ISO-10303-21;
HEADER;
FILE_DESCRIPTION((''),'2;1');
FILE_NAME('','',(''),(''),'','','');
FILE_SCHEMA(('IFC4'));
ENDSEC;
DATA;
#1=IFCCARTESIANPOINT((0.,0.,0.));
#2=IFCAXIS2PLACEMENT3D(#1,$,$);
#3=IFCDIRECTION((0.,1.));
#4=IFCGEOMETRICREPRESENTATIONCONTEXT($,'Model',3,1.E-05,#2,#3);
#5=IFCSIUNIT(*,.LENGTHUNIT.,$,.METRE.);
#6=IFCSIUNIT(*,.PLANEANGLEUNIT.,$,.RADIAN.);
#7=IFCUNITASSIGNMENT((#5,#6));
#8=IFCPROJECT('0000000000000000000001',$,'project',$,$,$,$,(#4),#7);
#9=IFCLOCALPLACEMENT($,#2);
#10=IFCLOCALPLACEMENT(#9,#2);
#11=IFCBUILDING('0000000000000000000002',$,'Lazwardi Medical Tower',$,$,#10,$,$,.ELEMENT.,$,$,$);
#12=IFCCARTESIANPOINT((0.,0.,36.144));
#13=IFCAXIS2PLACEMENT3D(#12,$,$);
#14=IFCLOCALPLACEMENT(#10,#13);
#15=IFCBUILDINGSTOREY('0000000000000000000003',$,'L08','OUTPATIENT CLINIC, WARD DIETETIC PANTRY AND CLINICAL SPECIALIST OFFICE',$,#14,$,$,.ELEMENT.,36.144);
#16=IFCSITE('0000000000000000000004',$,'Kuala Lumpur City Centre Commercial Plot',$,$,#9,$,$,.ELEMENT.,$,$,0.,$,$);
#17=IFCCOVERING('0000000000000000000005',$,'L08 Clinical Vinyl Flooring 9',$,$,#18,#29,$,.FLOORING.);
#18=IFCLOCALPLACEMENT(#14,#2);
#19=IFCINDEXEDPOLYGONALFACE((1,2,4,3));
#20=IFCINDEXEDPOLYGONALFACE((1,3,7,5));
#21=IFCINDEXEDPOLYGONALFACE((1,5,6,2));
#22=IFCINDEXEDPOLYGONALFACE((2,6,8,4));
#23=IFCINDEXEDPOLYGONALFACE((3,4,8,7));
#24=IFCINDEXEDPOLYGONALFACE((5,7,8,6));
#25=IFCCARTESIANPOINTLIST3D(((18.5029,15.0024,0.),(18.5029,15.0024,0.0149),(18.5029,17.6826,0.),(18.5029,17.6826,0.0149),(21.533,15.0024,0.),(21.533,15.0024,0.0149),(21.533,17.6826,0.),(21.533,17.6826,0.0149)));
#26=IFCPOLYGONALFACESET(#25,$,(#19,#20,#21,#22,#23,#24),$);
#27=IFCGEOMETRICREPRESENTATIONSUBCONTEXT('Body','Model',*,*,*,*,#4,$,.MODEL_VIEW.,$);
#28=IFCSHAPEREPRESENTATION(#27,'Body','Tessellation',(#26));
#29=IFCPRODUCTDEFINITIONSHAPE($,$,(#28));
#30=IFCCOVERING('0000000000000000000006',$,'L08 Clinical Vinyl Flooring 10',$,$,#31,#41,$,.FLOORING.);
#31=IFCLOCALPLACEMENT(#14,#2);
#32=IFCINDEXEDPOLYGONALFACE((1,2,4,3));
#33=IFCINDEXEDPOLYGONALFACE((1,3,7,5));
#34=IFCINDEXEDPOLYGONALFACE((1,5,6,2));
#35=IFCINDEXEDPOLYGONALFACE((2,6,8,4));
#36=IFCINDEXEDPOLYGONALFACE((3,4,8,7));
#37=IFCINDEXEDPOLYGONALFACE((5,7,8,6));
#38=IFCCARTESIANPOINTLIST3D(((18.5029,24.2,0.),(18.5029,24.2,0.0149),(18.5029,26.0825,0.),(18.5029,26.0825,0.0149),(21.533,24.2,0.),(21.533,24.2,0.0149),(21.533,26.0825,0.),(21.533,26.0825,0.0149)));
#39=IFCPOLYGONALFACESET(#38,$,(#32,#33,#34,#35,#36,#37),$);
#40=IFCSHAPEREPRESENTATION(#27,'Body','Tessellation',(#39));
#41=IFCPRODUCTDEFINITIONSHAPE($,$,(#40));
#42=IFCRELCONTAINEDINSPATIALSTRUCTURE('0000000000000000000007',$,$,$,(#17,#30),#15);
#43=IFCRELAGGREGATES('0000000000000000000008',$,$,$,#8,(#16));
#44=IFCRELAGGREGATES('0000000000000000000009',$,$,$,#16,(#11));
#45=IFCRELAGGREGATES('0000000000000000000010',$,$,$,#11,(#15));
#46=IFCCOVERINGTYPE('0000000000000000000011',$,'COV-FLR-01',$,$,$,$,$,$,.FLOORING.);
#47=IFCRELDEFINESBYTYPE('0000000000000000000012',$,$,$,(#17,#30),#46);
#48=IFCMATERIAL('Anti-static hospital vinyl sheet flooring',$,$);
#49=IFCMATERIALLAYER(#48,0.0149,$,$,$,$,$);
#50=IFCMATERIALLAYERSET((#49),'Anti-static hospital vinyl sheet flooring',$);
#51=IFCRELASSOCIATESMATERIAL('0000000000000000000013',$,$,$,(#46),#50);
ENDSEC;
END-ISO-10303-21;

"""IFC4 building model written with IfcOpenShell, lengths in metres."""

from ifc_helpers import new_model, si_unit, direction, frame, origin, place, context, subcontext, project, spatial, polyline, outline, extrude, material, layer, layer_set, type_object, element, save


model = new_model("IFC4")

# Units and contexts
model_context = context("Model", 3, precision=1e-05, world=origin(), true_north=direction((0.0, 1.0)))
body_context = subcontext(model_context, "Body", "Model", "MODEL_VIEW")
ifc_project = project(units=[si_unit("LENGTHUNIT", "METRE"), si_unit("PLANEANGLEUNIT", "RADIAN")], contexts=[model_context])

# Site, building, storey
site_placement = place(None, origin())
site = spatial("IfcSite", under=ifc_project, at=site_placement, Name="Kuala Lumpur City Centre Commercial Plot", CompositionType="ELEMENT", RefElevation=0.0)
building_placement = place(site_placement, origin())
building = spatial("IfcBuilding", under=site, at=building_placement, Name="Lazwardi Medical Tower", CompositionType="ELEMENT")
storey_placement = place(building_placement, frame((0.0, 0.0, 36.144)))
storey = spatial("IfcBuildingStorey", under=building, at=storey_placement, Name="L08", Description="OUTPATIENT CLINIC, WARD DIETETIC PANTRY AND CLINICAL SPECIALIST OFFICE", CompositionType="ELEMENT", Elevation=36.144)

# Coverings
ifc_material_1 = material(Name="Anti-static hospital vinyl sheet flooring")
ifc_layer_1 = layer(ifc_material_1, 0.0149)
ifc_layer_set_1 = layer_set([ifc_layer_1], Name="Anti-static hospital vinyl sheet flooring")
covering_type_1 = type_object("IfcCoveringType", Name="COV-FLR-01", PredefinedType="FLOORING", material=ifc_layer_set_1)
covering_1_placement = place(storey_placement, origin())
element("IfcCovering", 1, at=covering_1_placement, inside=storey, type_object=covering_type_1, Name="L08 Clinical Vinyl Flooring 9", PredefinedType="FLOORING", context=body_context, shape_type="SweptSolid", body=[
    extrude(outline(polyline([(21.533, 15.0024), (21.533, 17.6826), (18.5029, 17.6826), (18.5029, 15.0024), (21.533, 15.0024)])), origin(), (0.0, 0.0, 1.0), 0.0149),
])
covering_2_placement = place(storey_placement, origin())
element("IfcCovering", 2, at=covering_2_placement, inside=storey, type_object=covering_type_1, Name="L08 Clinical Vinyl Flooring 10", PredefinedType="FLOORING", context=body_context, shape_type="SweptSolid", body=[
    extrude(outline(polyline([(18.5029, 24.2), (21.533, 24.2), (21.533, 26.0825), (18.5029, 26.0825), (18.5029, 24.2)])), origin(), (0.0, 0.0, 1.0), 0.0149),
])

save(model, "model.ifc")
